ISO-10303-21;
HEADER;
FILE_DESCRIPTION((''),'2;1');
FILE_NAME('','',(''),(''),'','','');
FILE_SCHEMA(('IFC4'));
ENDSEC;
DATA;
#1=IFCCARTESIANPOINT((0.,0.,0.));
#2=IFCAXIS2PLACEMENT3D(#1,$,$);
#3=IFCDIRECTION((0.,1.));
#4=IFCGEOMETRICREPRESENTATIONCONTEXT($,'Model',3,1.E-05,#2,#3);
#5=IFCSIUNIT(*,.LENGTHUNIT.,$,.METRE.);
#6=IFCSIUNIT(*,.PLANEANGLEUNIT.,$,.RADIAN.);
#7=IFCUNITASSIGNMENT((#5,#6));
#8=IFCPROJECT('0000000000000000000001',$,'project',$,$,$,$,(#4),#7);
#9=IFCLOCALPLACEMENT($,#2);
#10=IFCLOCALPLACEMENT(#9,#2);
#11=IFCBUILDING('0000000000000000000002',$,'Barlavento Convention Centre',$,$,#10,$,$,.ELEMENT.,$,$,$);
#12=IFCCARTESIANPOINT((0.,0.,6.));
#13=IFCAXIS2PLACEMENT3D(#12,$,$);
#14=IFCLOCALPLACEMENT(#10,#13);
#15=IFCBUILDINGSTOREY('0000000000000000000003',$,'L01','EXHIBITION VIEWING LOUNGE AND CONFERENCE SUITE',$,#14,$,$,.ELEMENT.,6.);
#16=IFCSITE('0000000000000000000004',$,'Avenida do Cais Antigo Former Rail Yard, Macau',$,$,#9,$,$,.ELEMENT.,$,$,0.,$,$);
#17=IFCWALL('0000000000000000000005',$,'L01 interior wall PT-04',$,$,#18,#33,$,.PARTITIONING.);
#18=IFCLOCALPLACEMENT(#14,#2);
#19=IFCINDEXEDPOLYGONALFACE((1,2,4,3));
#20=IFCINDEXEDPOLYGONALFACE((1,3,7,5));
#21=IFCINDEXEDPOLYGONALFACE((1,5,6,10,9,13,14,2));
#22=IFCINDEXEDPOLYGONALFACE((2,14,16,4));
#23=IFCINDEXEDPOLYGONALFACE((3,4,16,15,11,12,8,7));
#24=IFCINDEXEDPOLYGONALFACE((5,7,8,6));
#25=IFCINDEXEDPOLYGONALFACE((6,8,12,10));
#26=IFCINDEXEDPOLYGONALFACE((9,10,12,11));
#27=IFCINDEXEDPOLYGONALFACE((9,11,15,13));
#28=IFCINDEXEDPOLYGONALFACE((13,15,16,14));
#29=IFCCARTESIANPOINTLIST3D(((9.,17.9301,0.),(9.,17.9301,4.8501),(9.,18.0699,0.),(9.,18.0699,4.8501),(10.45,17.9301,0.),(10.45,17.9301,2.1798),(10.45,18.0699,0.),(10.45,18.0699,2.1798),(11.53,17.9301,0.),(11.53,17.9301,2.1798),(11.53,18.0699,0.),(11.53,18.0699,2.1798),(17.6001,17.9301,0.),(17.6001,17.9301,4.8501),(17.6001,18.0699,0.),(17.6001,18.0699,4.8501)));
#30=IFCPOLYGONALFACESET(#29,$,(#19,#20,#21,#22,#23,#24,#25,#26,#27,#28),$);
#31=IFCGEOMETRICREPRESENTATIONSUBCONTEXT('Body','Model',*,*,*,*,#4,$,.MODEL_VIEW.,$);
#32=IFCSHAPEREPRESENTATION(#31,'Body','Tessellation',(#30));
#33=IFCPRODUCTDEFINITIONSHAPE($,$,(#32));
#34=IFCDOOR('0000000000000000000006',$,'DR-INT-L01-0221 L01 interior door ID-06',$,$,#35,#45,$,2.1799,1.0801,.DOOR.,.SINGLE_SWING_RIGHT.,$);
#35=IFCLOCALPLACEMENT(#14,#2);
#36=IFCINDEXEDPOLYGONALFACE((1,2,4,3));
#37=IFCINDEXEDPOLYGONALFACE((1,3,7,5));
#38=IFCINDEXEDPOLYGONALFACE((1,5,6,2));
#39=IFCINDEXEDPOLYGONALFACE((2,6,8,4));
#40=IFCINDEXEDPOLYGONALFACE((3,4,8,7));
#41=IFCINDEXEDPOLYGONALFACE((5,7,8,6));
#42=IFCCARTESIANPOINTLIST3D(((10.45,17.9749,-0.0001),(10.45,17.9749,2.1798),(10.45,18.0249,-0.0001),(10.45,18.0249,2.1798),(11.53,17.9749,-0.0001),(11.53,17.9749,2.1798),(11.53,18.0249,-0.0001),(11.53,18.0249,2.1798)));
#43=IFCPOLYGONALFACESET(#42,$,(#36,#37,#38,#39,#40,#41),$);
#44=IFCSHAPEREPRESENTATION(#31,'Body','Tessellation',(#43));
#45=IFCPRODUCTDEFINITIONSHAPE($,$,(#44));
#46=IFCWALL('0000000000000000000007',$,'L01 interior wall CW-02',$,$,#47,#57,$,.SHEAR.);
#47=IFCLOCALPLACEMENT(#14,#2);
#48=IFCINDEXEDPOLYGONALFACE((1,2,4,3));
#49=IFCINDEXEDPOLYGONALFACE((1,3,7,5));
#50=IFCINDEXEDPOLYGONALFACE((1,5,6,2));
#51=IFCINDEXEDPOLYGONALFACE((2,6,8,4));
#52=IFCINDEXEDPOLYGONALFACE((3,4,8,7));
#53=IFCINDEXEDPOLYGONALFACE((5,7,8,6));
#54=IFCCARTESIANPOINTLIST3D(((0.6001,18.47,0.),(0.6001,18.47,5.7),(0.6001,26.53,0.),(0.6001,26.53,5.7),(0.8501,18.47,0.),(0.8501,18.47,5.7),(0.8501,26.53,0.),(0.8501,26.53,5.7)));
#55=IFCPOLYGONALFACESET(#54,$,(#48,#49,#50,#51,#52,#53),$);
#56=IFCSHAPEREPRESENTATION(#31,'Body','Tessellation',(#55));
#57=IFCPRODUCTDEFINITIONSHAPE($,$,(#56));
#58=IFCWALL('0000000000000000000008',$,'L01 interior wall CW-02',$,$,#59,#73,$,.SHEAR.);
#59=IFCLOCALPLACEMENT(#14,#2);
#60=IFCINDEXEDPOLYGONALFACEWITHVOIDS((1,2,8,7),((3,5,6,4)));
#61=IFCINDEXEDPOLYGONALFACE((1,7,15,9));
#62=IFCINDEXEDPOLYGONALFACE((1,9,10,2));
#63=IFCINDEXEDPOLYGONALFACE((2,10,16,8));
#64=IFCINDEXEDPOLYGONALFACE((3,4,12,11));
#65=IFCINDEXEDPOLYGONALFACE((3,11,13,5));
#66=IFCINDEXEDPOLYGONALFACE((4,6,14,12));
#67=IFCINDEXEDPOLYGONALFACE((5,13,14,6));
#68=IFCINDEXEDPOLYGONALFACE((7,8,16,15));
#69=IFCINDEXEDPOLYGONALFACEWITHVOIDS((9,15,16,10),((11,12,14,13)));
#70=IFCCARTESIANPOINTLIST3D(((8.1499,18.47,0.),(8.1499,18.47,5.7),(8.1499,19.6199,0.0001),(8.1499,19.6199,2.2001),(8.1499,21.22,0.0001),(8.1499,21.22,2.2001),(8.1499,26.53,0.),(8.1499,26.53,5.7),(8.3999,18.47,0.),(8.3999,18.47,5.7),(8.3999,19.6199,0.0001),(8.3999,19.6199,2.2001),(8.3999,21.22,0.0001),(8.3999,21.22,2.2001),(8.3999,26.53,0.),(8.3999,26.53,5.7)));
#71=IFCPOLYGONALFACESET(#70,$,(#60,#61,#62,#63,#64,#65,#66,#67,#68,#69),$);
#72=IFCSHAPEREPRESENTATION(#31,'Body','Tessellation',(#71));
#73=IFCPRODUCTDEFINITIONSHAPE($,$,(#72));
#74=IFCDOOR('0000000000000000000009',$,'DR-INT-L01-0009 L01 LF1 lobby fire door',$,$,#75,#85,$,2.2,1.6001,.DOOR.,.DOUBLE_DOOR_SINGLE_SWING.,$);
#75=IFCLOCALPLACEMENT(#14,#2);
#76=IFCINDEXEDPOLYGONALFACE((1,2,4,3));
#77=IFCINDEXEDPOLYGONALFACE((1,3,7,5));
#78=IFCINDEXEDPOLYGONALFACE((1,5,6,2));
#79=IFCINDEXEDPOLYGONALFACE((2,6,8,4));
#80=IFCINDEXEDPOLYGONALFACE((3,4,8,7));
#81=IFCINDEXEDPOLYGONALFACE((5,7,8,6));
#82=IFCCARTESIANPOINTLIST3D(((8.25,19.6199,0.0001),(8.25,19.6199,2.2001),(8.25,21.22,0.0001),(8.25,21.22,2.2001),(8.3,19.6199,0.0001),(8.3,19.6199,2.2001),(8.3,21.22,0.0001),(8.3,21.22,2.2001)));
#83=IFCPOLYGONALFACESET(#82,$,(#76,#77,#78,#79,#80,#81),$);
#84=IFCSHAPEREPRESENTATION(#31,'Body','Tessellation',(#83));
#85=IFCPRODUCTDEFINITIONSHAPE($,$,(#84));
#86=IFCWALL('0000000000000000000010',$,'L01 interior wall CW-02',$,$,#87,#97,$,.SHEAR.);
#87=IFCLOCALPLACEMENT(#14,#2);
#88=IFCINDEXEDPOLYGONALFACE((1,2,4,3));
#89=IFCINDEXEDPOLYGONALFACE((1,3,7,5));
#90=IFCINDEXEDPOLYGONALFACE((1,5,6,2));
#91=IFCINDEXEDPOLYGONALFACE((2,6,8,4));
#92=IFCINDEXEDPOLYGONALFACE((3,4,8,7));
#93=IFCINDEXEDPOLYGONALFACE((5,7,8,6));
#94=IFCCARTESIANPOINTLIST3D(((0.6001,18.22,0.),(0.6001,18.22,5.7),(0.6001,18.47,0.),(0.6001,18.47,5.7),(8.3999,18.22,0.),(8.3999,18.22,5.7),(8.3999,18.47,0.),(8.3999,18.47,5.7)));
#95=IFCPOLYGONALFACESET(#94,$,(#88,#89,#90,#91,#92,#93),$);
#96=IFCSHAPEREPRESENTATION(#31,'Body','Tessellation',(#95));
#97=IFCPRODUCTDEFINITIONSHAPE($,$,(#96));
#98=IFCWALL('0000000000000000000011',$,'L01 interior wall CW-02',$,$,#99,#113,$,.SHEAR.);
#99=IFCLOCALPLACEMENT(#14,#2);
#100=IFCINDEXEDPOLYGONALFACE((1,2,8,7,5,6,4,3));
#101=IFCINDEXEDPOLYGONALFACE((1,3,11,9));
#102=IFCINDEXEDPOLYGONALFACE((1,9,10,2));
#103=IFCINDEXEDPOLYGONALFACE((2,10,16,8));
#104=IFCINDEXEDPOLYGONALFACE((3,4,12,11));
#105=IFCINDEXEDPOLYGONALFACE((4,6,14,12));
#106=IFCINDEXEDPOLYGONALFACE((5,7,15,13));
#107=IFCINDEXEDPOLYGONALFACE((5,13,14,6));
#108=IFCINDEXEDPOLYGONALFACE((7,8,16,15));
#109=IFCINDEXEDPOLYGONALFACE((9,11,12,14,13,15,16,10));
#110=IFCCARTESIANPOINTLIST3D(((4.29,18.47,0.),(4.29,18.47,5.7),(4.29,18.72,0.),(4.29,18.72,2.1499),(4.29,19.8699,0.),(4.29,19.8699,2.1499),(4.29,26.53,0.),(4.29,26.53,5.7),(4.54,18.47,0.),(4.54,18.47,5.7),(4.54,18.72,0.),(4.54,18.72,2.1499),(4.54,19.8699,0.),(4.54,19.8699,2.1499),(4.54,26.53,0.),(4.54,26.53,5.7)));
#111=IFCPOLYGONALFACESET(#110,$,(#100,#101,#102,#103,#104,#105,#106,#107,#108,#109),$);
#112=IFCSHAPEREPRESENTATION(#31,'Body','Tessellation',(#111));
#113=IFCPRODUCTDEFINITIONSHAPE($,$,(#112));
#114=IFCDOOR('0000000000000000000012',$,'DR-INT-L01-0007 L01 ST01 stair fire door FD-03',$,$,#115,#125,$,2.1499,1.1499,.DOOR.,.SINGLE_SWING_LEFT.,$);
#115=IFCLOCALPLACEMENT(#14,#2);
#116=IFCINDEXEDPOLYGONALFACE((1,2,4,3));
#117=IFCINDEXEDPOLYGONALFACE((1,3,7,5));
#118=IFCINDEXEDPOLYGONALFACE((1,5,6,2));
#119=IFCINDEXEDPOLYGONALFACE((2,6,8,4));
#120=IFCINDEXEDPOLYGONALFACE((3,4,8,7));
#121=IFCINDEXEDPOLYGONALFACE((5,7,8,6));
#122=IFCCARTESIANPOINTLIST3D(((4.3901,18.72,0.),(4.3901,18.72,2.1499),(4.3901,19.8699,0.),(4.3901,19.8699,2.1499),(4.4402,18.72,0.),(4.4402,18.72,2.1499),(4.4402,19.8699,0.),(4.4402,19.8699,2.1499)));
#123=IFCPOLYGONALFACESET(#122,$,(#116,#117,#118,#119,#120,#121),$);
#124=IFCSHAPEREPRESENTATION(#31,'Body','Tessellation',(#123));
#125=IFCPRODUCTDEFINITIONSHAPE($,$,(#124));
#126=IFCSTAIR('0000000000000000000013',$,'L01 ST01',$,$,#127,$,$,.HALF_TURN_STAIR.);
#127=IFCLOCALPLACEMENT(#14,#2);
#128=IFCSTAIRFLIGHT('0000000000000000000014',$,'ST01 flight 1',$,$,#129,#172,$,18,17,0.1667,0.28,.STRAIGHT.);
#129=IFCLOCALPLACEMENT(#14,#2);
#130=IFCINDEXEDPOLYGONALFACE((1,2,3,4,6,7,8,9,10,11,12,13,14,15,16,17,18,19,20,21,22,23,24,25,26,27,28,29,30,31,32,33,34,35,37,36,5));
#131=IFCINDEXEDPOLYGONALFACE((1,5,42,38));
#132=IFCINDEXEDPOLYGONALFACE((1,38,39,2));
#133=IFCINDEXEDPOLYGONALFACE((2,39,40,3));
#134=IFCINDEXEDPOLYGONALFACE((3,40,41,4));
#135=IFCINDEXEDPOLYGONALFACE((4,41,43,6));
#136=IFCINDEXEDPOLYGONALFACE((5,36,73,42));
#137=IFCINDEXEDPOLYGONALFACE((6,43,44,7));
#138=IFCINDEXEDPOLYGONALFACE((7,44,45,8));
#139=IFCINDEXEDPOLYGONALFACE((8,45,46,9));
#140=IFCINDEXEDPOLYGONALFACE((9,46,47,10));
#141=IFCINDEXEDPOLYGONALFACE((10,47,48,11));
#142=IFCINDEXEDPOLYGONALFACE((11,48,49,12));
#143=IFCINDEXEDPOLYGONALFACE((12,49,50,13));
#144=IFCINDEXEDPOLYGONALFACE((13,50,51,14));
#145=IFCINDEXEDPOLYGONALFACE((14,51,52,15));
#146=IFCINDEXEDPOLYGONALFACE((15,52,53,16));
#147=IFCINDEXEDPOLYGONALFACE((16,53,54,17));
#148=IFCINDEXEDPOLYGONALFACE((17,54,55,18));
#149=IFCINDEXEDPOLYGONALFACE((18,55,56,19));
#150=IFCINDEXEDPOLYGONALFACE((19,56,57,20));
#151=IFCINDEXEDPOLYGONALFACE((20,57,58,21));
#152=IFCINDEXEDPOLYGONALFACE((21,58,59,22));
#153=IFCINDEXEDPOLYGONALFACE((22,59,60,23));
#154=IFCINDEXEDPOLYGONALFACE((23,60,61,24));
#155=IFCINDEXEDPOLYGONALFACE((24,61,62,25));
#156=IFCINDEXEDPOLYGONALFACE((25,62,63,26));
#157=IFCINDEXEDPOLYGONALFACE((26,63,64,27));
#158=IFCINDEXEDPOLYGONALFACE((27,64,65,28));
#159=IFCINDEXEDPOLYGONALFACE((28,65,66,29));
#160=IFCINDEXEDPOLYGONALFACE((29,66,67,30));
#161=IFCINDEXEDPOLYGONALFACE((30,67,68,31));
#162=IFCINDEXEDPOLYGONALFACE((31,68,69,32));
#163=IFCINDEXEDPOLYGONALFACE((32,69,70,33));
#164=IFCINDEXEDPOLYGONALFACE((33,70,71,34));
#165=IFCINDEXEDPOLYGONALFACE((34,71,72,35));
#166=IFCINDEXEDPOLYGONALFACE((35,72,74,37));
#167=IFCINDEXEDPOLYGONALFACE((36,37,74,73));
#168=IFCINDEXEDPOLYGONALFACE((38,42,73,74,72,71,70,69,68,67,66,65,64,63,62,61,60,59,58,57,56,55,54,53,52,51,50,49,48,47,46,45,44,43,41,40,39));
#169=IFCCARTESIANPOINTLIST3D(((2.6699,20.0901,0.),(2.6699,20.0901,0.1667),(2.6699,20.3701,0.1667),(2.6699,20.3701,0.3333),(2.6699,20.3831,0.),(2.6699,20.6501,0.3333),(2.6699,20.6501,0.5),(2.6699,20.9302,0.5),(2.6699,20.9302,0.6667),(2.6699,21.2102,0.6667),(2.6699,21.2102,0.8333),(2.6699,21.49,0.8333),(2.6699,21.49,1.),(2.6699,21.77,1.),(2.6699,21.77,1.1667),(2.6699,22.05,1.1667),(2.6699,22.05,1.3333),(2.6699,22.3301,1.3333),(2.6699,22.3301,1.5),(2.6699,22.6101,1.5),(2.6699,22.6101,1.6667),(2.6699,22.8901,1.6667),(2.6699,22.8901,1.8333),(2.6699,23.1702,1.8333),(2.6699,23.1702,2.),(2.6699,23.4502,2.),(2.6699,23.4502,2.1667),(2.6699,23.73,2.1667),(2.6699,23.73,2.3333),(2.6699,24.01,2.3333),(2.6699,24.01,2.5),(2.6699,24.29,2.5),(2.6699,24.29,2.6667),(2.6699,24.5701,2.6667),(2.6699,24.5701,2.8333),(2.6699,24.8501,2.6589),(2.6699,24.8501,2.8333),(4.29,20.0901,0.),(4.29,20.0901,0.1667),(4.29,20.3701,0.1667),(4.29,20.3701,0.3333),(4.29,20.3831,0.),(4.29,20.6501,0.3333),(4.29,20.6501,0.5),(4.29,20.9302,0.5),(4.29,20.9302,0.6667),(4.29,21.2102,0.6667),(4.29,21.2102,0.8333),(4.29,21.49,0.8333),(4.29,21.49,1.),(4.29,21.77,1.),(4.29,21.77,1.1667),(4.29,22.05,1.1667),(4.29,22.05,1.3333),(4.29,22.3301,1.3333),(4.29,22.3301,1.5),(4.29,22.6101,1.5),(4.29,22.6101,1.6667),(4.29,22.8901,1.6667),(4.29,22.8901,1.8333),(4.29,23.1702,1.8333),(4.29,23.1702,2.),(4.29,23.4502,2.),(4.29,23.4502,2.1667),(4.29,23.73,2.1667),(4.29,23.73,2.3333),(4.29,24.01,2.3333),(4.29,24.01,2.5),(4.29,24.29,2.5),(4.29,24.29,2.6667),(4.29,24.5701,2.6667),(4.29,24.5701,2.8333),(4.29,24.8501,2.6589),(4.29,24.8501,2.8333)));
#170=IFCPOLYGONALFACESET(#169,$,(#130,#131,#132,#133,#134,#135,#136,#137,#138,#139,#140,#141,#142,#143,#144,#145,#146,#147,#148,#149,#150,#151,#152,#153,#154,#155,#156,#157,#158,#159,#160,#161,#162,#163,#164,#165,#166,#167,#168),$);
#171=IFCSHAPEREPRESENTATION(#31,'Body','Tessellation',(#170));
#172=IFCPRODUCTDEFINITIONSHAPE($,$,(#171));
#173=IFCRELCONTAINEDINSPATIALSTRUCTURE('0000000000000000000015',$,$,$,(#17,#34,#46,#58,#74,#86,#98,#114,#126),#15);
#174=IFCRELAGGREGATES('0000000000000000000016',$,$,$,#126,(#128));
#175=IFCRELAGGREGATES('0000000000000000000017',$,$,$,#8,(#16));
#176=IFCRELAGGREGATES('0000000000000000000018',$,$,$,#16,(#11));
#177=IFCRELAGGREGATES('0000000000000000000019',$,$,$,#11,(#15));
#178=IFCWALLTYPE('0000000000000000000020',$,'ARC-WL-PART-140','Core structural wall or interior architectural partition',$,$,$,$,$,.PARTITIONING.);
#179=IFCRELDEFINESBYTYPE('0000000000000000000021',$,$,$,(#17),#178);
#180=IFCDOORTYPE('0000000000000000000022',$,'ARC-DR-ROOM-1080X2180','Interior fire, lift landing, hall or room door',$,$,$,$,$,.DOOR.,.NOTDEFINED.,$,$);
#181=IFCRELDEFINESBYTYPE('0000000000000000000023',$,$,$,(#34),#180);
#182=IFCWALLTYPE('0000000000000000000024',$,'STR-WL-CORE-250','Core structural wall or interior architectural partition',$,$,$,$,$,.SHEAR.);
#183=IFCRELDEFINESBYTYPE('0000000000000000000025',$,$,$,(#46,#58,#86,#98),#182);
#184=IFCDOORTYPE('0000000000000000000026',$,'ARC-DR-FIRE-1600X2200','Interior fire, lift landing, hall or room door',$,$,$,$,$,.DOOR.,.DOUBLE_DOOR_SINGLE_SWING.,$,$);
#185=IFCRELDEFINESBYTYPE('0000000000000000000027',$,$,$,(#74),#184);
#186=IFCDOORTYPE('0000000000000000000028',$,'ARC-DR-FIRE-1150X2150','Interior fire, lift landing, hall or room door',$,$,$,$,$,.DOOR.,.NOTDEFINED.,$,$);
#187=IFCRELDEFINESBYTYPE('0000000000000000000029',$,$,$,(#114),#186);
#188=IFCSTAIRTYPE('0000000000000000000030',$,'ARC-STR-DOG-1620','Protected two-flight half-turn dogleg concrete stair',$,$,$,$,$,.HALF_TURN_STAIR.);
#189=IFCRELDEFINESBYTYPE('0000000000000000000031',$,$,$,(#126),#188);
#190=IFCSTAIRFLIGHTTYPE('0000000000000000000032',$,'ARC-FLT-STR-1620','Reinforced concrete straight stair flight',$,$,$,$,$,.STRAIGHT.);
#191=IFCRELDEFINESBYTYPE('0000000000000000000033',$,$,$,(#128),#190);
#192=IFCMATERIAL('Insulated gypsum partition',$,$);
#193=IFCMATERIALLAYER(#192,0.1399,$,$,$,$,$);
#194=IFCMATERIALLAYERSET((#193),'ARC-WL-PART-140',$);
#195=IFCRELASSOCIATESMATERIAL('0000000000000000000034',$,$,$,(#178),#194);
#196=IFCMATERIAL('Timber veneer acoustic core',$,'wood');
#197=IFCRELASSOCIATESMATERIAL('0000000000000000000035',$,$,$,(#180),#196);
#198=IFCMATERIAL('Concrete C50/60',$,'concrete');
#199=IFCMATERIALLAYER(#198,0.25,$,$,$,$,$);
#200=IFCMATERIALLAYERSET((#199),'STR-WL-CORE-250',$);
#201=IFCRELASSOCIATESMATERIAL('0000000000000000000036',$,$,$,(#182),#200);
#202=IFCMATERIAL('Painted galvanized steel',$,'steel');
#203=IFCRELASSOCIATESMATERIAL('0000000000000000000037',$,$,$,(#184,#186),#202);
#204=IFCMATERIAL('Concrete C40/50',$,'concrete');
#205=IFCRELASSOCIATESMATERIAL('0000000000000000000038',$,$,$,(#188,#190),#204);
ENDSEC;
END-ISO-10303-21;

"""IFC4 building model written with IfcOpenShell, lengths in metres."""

from ifc_helpers import new_model, si_unit, direction, frame, frame_2d, origin, place, context, subcontext, project, spatial, polyline, rectangle, outline, extrude, material, layer, layer_set, type_object, element, fill, aggregate, save


model = new_model("IFC4")

# Units and contexts
model_context = context("Model", 3, precision=1e-05, world=origin(), true_north=direction((0.0, 1.0)))
body_context = subcontext(model_context, "Body", "Model", "MODEL_VIEW")
ifc_project = project(units=[si_unit("LENGTHUNIT", "METRE"), si_unit("PLANEANGLEUNIT", "RADIAN")], contexts=[model_context])

# Site, building, storey
site_placement = place(None, origin())
site = spatial("IfcSite", under=ifc_project, at=site_placement, Name="Avenida do Cais Antigo Former Rail Yard, Macau", CompositionType="ELEMENT", RefElevation=0.0)
building_placement = place(site_placement, origin())
building = spatial("IfcBuilding", under=site, at=building_placement, Name="Barlavento Convention Centre", CompositionType="ELEMENT")
storey_placement = place(building_placement, frame((0.0, 0.0, 6.0)))
storey = spatial("IfcBuildingStorey", under=building, at=storey_placement, Name="L01", Description="EXHIBITION VIEWING LOUNGE AND CONFERENCE SUITE", CompositionType="ELEMENT", Elevation=6.0)

# Shared definitions
ifc_material_1 = material(Name="Concrete C40/50", Category="concrete")

# Wall, opening, door
ifc_material_2 = material(Name="Insulated gypsum partition")
ifc_layer_1 = layer(ifc_material_2, 0.1399)
ifc_layer_set_1 = layer_set([ifc_layer_1], Name="ARC-WL-PART-140")
wall_type_1 = type_object("IfcWallType", Name="ARC-WL-PART-140", Description="Core structural wall or interior architectural partition", PredefinedType="PARTITIONING", material=ifc_layer_set_1)
wall_1_placement = place(storey_placement, frame((9.0, 18.0, 0.0), z_axis=(0.0, 0.0, 1.0), x_axis=(1.0, 0.0, 0.0)))
wall_1 = element("IfcWall", 1, at=wall_1_placement, inside=storey, type_object=wall_type_1, Name="L01 interior wall PT-04", PredefinedType="PARTITIONING", context=body_context, shape_type="SweptSolid", body=[
    extrude(rectangle(XDim=8.6001, YDim=0.1399, at=frame_2d((4.3, 0.0))), origin(), (0.0, 0.0, 1.0), 4.8501),
])
opening_1_placement = place(wall_1_placement, frame((1.45, 0.0, 0.0)))
opening_1 = element("IfcOpeningElement", 2, at=opening_1_placement, cuts=wall_1, PredefinedType="OPENING", context=body_context, shape_type="SweptSolid", body=[
    extrude(rectangle(XDim=1.0801, YDim=2.1799, at=frame_2d((0.54, 1.0898))), frame((0.0, 0.0798, 0.0), z_axis=(0.0, -1.0, 0.0), x_axis=(1.0, 0.0, 0.0)), (0.0, 0.0, 1.0), 0.1599),
])
ifc_material_3 = material(Name="Timber veneer acoustic core", Category="wood")
door_type_1 = type_object("IfcDoorType", Name="ARC-DR-ROOM-1080X2180", Description="Interior fire, lift landing, hall or room door", OperationType="NOTDEFINED", PredefinedType="DOOR", material=ifc_material_3)
door_1_placement = place(opening_1_placement, origin())
door_1 = element("IfcDoor", 3, at=door_1_placement, inside=storey, type_object=door_type_1, Name="DR-INT-L01-0221 L01 interior door ID-06", OperationType="SINGLE_SWING_RIGHT", OverallHeight=2.1799, OverallWidth=1.0801, PredefinedType="DOOR", context=body_context, shape_type="SweptSolid", body=[
    extrude(rectangle(XDim=1.0801, YDim=2.1799, at=frame_2d((0.54, 1.0898))), frame((0.0, 0.0249, 0.0), z_axis=(0.0, -1.0, 0.0), x_axis=(1.0, 0.0, 0.0)), (0.0, 0.0, 1.0), 0.05),
])
fill(opening_1, door_1)

# Wall
ifc_material_4 = material(Name="Concrete C50/60", Category="concrete")
ifc_layer_2 = layer(ifc_material_4, 0.25)
ifc_layer_set_2 = layer_set([ifc_layer_2], Name="STR-WL-CORE-250")
wall_type_2 = type_object("IfcWallType", Name="STR-WL-CORE-250", Description="Core structural wall or interior architectural partition", PredefinedType="SHEAR", material=ifc_layer_set_2)
wall_2_placement = place(storey_placement, frame((0.7251, 18.47, 0.0), z_axis=(0.0, 0.0, 1.0), x_axis=(0.0, 1.0, 0.0)))
element("IfcWall", 4, at=wall_2_placement, inside=storey, type_object=wall_type_2, Name="L01 interior wall CW-02", PredefinedType="SHEAR", context=body_context, shape_type="SweptSolid", body=[
    extrude(rectangle(XDim=8.0601, YDim=0.25, at=frame_2d((4.03, 0.0))), origin(), (0.0, 0.0, 1.0), 5.7),
])

# Wall, opening, door
wall_3_placement = place(storey_placement, frame((8.2749, 18.47, 0.0), z_axis=(0.0, 0.0, 1.0), x_axis=(0.0, 1.0, 0.0)))
wall_3 = element("IfcWall", 5, at=wall_3_placement, inside=storey, type_object=wall_type_2, Name="L01 interior wall CW-02", PredefinedType="SHEAR", context=body_context, shape_type="SweptSolid", body=[
    extrude(rectangle(XDim=8.0601, YDim=0.25, at=frame_2d((4.03, 0.0))), origin(), (0.0, 0.0, 1.0), 5.7),
])
opening_2_placement = place(wall_3_placement, frame((1.1499, 0.0, 0.0)))
opening_2 = element("IfcOpeningElement", 6, at=opening_2_placement, cuts=wall_3, PredefinedType="OPENING", context=body_context, shape_type="SweptSolid", body=[
    extrude(rectangle(XDim=1.6001, YDim=2.2, at=frame_2d((0.8, 1.1001))), frame((0.0, 0.135, 0.0), z_axis=(0.0, -1.0, 0.0), x_axis=(1.0, 0.0, 0.0)), (0.0, 0.0, 1.0), 0.27),
])
ifc_material_5 = material(Name="Painted galvanized steel", Category="steel")
door_type_2 = type_object("IfcDoorType", Name="ARC-DR-FIRE-1600X2200", Description="Interior fire, lift landing, hall or room door", OperationType="DOUBLE_DOOR_SINGLE_SWING", PredefinedType="DOOR", material=ifc_material_5)
door_2_placement = place(opening_2_placement, origin())
door_2 = element("IfcDoor", 7, at=door_2_placement, inside=storey, type_object=door_type_2, Name="DR-INT-L01-0009 L01 LF1 lobby fire door", OperationType="DOUBLE_DOOR_SINGLE_SWING", OverallHeight=2.2, OverallWidth=1.6001, PredefinedType="DOOR", context=body_context, shape_type="SweptSolid", body=[
    extrude(rectangle(XDim=1.6001, YDim=2.2, at=frame_2d((0.8, 1.1001))), frame((0.0, 0.0249, 0.0), z_axis=(0.0, -1.0, 0.0), x_axis=(1.0, 0.0, 0.0)), (0.0, 0.0, 1.0), 0.05),
])
fill(opening_2, door_2)

# Wall
wall_4_placement = place(storey_placement, frame((0.6001, 18.345, 0.0), z_axis=(0.0, 0.0, 1.0), x_axis=(1.0, 0.0, 0.0)))
element("IfcWall", 8, at=wall_4_placement, inside=storey, type_object=wall_type_2, Name="L01 interior wall CW-02", PredefinedType="SHEAR", context=body_context, shape_type="SweptSolid", body=[
    extrude(rectangle(XDim=7.7998, YDim=0.25, at=frame_2d((3.8999, 0.0))), origin(), (0.0, 0.0, 1.0), 5.7),
])

# Wall, opening, door
wall_5_placement = place(storey_placement, frame((4.415, 18.47, 0.0), z_axis=(0.0, 0.0, 1.0), x_axis=(0.0, 1.0, 0.0)))
wall_5 = element("IfcWall", 9, at=wall_5_placement, inside=storey, type_object=wall_type_2, Name="L01 interior wall CW-02", PredefinedType="SHEAR", context=body_context, shape_type="SweptSolid", body=[
    extrude(rectangle(XDim=8.0601, YDim=0.25, at=frame_2d((4.03, 0.0))), origin(), (0.0, 0.0, 1.0), 5.7),
])
opening_3_placement = place(wall_5_placement, frame((0.25, 0.0, 0.0)))
opening_3 = element("IfcOpeningElement", 10, at=opening_3_placement, cuts=wall_5, PredefinedType="OPENING", context=body_context, shape_type="SweptSolid", body=[
    extrude(rectangle(XDim=1.1499, YDim=2.1499, at=frame_2d((0.575, 1.075))), frame((0.0, 0.135, 0.0), z_axis=(0.0, -1.0, 0.0), x_axis=(1.0, 0.0, 0.0)), (0.0, 0.0, 1.0), 0.27),
])
door_type_3 = type_object("IfcDoorType", Name="ARC-DR-FIRE-1150X2150", Description="Interior fire, lift landing, hall or room door", OperationType="NOTDEFINED", PredefinedType="DOOR", material=ifc_material_5)
door_3_placement = place(opening_3_placement, origin())
door_3 = element("IfcDoor", 11, at=door_3_placement, inside=storey, type_object=door_type_3, Name="DR-INT-L01-0007 L01 ST01 stair fire door FD-03", OperationType="SINGLE_SWING_LEFT", OverallHeight=2.1499, OverallWidth=1.1499, PredefinedType="DOOR", context=body_context, shape_type="SweptSolid", body=[
    extrude(rectangle(XDim=1.1499, YDim=2.1499, at=frame_2d((0.575, 1.075))), frame((0.0, 0.0249, 0.0), z_axis=(0.0, -1.0, 0.0), x_axis=(1.0, 0.0, 0.0)), (0.0, 0.0, 1.0), 0.05),
])
fill(opening_3, door_3)

# Stair, stair flight
stair_type = type_object("IfcStairType", Name="ARC-STR-DOG-1620", Description="Protected two-flight half-turn dogleg concrete stair", PredefinedType="HALF_TURN_STAIR", material=ifc_material_1)
stair_placement = place(storey_placement, origin())
stair = element("IfcStair", 12, at=stair_placement, inside=storey, type_object=stair_type, Name="L01 ST01", PredefinedType="HALF_TURN_STAIR")
stair_flight_type = type_object("IfcStairFlightType", Name="ARC-FLT-STR-1620", Description="Reinforced concrete straight stair flight", PredefinedType="STRAIGHT", material=ifc_material_1)
stair_flight_placement = place(storey_placement, frame((3.48, 20.0901, 0.0), z_axis=(0.0, 0.0, 1.0), x_axis=(0.0, 1.0, 0.0)))
stair_flight = element("IfcStairFlight", 13, at=stair_flight_placement, type_object=stair_flight_type, Name="ST01 flight 1", NumberOfRisers=18, NumberOfTreads=17, PredefinedType="STRAIGHT", RiserHeight=0.1667, TreadLength=0.28, context=body_context, shape_type="SweptSolid", body=[
    extrude(outline(polyline([(0.0, 0.0), (0.0, 0.1667), (0.28, 0.1667), (0.28, 0.3333), (0.5601, 0.3333), (0.5601, 0.5), (0.8401, 0.5), (0.8401, 0.6667), (1.1201, 0.6667), (1.1201, 0.8333), (1.3999, 0.8333), (1.3999, 1.0), (1.6799, 1.0), (1.6799, 1.1667), (1.96, 1.1667), (1.96, 1.3333), (2.24, 1.3333), (2.24, 1.5), (2.52, 1.5), (2.52, 1.6667), (2.8, 1.6667), (2.8, 1.8333), (3.0801, 1.8333), (3.0801, 2.0), (3.3601, 2.0), (3.3601, 2.1667), (3.6399, 2.1667), (3.6399, 2.3333), (3.9199, 2.3333), (3.9199, 2.5), (4.2, 2.5), (4.2, 2.6667), (4.48, 2.6667), (4.48, 2.8333), (4.76, 2.8333), (4.76, 3.0), (4.76, 2.6589), (0.293, 0.0), (0.0, 0.0)])), frame((0.0, 0.8101, 0.0), z_axis=(0.0, -1.0, 0.0), x_axis=(1.0, 0.0, 0.0)), (0.0, 0.0, 1.0), 1.6201),
])
aggregate(stair, [stair_flight])

save(model, "model.ifc")
